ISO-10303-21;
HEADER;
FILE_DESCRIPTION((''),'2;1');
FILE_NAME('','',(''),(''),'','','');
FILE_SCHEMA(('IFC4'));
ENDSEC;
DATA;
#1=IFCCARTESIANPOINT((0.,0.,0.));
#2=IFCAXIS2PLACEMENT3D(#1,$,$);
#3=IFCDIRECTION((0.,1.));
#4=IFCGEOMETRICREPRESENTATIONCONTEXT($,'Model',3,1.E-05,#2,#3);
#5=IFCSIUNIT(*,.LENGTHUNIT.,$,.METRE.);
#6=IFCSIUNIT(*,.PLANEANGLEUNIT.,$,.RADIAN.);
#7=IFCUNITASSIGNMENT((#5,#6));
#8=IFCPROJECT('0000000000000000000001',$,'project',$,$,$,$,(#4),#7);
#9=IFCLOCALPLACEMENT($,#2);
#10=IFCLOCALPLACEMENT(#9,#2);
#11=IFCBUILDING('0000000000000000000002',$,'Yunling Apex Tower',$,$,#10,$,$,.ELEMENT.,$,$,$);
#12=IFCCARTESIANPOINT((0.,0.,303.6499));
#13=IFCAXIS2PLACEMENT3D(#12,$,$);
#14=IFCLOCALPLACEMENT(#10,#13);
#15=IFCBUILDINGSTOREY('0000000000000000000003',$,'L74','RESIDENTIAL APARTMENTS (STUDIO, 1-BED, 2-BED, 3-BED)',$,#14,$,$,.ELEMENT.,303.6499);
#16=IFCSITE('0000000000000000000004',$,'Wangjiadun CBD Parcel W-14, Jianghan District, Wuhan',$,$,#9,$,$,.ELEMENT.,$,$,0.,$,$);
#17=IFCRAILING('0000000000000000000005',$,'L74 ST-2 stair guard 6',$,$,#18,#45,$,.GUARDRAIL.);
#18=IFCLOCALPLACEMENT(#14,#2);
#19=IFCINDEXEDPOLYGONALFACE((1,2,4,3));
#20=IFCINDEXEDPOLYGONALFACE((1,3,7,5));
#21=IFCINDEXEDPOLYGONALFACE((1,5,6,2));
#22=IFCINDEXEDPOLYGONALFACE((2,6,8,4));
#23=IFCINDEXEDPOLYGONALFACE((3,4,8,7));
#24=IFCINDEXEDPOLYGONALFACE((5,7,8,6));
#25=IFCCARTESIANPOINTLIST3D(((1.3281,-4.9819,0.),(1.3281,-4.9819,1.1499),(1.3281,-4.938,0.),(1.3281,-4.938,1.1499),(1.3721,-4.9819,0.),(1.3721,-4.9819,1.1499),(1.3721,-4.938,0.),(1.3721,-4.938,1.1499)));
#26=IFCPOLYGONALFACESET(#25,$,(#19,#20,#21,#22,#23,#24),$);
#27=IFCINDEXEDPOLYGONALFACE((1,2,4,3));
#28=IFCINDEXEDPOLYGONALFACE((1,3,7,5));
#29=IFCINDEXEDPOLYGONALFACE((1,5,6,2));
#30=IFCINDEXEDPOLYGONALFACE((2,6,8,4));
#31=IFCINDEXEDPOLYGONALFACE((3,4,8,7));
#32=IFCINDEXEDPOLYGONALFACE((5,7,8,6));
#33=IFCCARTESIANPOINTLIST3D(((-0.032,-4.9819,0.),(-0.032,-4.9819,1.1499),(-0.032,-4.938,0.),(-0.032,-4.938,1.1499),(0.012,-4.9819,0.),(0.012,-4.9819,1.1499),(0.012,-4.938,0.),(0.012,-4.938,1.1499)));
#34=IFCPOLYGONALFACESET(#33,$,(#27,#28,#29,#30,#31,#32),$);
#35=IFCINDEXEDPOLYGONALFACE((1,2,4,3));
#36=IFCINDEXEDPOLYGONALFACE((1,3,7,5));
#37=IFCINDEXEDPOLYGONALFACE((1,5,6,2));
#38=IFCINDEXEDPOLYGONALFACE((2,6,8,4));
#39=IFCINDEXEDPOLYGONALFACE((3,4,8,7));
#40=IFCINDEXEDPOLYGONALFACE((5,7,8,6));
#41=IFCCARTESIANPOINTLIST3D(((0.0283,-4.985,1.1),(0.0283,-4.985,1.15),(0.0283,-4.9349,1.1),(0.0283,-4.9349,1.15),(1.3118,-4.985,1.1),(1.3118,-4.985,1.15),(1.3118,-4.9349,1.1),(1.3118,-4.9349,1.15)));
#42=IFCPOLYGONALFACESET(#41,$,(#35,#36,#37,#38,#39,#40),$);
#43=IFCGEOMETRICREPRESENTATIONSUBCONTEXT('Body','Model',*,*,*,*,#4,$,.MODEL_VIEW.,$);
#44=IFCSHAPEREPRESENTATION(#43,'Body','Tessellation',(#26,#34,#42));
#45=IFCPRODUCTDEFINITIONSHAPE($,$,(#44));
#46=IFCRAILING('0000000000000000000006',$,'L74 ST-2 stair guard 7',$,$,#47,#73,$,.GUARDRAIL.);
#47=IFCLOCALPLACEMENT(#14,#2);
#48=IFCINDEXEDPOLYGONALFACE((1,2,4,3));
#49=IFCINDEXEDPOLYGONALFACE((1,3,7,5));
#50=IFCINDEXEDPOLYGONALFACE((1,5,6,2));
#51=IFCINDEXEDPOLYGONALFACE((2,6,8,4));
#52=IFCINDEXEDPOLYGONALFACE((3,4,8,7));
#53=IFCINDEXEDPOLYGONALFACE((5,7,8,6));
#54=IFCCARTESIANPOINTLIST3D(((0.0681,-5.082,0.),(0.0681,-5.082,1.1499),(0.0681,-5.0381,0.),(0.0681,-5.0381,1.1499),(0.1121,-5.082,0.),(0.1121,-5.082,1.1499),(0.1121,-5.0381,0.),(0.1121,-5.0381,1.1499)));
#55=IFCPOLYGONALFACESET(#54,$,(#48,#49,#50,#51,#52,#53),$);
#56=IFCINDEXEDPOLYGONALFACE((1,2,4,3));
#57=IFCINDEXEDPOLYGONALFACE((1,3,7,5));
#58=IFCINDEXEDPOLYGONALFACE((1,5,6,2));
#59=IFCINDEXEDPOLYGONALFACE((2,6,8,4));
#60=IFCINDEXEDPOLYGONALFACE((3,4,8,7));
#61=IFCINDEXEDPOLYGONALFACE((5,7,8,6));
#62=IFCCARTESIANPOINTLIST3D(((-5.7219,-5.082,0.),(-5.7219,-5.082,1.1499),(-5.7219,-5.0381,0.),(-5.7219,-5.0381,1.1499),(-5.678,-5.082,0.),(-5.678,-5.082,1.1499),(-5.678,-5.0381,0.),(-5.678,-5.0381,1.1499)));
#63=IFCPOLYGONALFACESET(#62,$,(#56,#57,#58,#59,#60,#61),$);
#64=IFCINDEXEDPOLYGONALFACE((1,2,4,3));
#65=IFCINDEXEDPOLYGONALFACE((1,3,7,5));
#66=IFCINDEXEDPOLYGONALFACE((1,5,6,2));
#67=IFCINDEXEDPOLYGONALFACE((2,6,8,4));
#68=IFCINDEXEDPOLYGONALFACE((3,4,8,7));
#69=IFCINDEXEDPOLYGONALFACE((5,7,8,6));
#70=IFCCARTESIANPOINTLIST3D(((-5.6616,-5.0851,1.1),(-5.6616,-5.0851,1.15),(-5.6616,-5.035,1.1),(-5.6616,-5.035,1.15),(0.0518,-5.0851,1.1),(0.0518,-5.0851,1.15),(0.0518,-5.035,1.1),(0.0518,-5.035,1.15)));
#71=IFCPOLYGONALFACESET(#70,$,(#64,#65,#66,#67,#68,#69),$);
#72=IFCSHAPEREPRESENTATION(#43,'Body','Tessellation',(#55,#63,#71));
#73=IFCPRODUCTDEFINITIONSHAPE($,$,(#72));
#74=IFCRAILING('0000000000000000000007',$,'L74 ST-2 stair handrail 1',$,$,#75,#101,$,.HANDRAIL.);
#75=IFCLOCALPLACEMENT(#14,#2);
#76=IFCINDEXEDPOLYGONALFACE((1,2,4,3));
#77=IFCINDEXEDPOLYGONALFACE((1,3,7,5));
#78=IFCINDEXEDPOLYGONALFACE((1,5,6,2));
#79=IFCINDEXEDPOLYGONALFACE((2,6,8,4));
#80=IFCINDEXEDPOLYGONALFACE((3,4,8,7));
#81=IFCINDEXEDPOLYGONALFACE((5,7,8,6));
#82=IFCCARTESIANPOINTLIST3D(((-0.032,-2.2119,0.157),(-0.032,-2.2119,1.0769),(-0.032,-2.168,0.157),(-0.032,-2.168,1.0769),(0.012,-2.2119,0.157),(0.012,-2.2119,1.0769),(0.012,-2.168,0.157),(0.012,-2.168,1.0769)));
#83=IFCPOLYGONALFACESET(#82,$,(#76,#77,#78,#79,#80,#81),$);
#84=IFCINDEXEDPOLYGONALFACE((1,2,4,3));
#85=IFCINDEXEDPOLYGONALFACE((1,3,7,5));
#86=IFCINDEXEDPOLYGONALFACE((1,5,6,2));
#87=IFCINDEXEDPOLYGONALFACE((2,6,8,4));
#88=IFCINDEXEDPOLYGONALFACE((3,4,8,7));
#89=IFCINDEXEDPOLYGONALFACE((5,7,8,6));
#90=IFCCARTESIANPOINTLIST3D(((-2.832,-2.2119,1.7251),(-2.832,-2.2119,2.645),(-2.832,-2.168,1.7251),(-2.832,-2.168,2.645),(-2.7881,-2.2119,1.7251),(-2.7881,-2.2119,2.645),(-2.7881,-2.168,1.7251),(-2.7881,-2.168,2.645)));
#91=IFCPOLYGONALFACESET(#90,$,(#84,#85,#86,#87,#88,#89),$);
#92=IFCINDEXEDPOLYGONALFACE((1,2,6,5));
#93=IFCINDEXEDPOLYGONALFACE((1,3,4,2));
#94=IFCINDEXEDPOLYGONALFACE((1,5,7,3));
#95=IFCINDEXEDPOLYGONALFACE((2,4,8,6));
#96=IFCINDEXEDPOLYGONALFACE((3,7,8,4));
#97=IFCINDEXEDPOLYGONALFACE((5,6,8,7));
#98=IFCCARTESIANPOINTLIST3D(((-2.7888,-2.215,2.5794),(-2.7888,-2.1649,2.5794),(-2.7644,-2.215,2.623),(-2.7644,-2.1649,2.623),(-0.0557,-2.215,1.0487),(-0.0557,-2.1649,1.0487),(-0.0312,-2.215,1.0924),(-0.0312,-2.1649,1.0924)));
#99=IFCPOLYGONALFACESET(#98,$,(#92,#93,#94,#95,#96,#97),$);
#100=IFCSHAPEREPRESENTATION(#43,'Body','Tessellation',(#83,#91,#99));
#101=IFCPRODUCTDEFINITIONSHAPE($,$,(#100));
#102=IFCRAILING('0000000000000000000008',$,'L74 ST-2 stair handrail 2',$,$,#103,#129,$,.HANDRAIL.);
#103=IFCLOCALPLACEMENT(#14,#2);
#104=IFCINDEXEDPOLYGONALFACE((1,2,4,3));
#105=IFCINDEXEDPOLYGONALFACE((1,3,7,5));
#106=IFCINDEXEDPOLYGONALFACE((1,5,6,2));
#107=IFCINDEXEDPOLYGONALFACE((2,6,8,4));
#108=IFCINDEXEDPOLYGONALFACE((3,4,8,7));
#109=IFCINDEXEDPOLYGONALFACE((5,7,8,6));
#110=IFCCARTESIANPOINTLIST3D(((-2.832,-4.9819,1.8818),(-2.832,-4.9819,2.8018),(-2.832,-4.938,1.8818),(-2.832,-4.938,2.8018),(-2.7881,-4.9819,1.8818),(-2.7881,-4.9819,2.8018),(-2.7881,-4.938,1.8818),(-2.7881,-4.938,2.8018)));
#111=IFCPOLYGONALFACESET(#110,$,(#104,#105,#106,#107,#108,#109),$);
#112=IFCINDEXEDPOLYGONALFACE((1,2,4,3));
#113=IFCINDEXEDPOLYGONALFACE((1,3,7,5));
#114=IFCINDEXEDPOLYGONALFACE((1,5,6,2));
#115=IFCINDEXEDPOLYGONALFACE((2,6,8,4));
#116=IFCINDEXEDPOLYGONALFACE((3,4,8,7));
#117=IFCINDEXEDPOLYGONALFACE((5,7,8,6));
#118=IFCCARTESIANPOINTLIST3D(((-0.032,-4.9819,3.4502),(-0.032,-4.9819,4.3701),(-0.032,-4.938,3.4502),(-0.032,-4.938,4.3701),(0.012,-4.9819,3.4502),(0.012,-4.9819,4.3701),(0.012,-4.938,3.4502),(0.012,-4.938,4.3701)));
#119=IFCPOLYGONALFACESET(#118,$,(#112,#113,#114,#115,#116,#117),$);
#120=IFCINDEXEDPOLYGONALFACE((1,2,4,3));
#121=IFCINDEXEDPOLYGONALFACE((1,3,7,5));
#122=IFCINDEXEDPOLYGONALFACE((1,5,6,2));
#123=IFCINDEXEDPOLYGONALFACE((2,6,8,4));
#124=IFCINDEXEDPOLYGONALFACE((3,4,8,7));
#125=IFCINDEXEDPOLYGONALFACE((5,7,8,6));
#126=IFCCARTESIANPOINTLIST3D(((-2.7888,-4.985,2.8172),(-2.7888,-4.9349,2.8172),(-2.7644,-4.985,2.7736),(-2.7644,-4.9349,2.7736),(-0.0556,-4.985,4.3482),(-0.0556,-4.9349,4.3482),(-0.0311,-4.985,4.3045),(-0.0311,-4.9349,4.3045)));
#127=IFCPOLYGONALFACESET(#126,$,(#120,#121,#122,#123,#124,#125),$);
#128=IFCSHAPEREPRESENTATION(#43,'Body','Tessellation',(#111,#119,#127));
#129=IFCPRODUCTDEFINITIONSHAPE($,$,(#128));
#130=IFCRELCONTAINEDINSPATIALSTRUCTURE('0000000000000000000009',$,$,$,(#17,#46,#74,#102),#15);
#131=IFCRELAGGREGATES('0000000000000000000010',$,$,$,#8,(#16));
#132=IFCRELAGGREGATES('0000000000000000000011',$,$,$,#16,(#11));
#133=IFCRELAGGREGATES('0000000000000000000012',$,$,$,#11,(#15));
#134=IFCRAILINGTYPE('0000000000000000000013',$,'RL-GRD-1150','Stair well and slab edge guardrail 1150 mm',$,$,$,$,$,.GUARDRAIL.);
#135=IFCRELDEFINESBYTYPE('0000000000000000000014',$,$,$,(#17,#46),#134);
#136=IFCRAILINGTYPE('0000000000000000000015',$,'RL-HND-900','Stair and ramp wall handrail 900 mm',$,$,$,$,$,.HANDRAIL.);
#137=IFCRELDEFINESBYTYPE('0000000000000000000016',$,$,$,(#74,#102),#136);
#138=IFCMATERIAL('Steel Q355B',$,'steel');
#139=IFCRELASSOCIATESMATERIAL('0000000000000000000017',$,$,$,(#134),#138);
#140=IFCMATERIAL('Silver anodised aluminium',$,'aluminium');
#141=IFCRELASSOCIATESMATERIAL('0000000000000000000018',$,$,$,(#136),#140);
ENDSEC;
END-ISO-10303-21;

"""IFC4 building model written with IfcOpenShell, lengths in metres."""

from ifc_helpers import new_model, si_unit, direction, frame, origin, origin_2d, place, context, subcontext, project, spatial, rectangle, extrude, material, type_object, element, save


model = new_model("IFC4")

# Units and contexts
model_context = context("Model", 3, precision=1e-05, world=origin(), true_north=direction((0.0, 1.0)))
body_context = subcontext(model_context, "Body", "Model", "MODEL_VIEW")
ifc_project = project(units=[si_unit("LENGTHUNIT", "METRE"), si_unit("PLANEANGLEUNIT", "RADIAN")], contexts=[model_context])

# Site, building, storey
site_placement = place(None, origin())
site = spatial("IfcSite", under=ifc_project, at=site_placement, Name="Wangjiadun CBD Parcel W-14, Jianghan District, Wuhan", CompositionType="ELEMENT", RefElevation=0.0)
building_placement = place(site_placement, origin())
building = spatial("IfcBuilding", under=site, at=building_placement, Name="Yunling Apex Tower", CompositionType="ELEMENT")
storey_placement = place(building_placement, frame((0.0, 0.0, 303.6499)))
storey = spatial("IfcBuildingStorey", under=building, at=storey_placement, Name="L74", Description="RESIDENTIAL APARTMENTS (STUDIO, 1-BED, 2-BED, 3-BED)", CompositionType="ELEMENT", Elevation=303.6499)

# Shared definitions
ifc_material_1 = material(Name="Steel Q355B", Category="steel")

# Railings
railing_type_1 = type_object("IfcRailingType", Name="RL-GRD-1150", Description="Stair well and slab edge guardrail 1150 mm", PredefinedType="GUARDRAIL", material=ifc_material_1)
railing_1_placement = place(storey_placement, frame((1.3501, -4.96, 0.0)))
element("IfcRailing", 1, at=railing_1_placement, inside=storey, type_object=railing_type_1, Name="L74 ST-2 stair guard 6", PredefinedType="GUARDRAIL", context=body_context, shape_type="SweptSolid", body=[
    extrude(rectangle(XDim=0.0439, YDim=0.0439, at=origin_2d()), origin(), (0.0, 0.0, 1.0), 1.1499),
    extrude(rectangle(XDim=0.0439, YDim=0.0439, at=origin_2d()), frame((-1.3601, 0.0, 0.0)), (0.0, 0.0, 1.0), 1.1499),
    extrude(rectangle(XDim=0.05, YDim=0.05, at=origin_2d()), frame((-0.0383, 0.0, 1.125), z_axis=(-1.0, 0.0, 0.0), x_axis=(0.0, -1.0, 0.0)), (0.0, 0.0, 1.0), 1.2834),
])
railing_2_placement = place(storey_placement, frame((0.0901, -5.0601, 0.0)))
element("IfcRailing", 2, at=railing_2_placement, inside=storey, type_object=railing_type_1, Name="L74 ST-2 stair guard 7", PredefinedType="GUARDRAIL", context=body_context, shape_type="SweptSolid", body=[
    extrude(rectangle(XDim=0.0439, YDim=0.0439, at=origin_2d()), origin(), (0.0, 0.0, 1.0), 1.1499),
    extrude(rectangle(XDim=0.0439, YDim=0.0439, at=origin_2d()), frame((-5.79, 0.0, 0.0)), (0.0, 0.0, 1.0), 1.1499),
    extrude(rectangle(XDim=0.05, YDim=0.05, at=origin_2d()), frame((-0.0383, 0.0, 1.125), z_axis=(-1.0, 0.0, 0.0), x_axis=(0.0, -1.0, 0.0)), (0.0, 0.0, 1.0), 5.7134),
])
ifc_material_2 = material(Name="Silver anodised aluminium", Category="aluminium")
railing_type_2 = type_object("IfcRailingType", Name="RL-HND-900", Description="Stair and ramp wall handrail 900 mm", PredefinedType="HANDRAIL", material=ifc_material_2)
railing_3_placement = place(storey_placement, frame((-0.01, -2.1899, 0.157)))
element("IfcRailing", 3, at=railing_3_placement, inside=storey, type_object=railing_type_2, Name="L74 ST-2 stair handrail 1", PredefinedType="HANDRAIL", context=body_context, shape_type="SweptSolid", body=[
    extrude(rectangle(XDim=0.0439, YDim=0.0439, at=origin_2d()), origin(), (0.0, 0.0, 1.0), 0.9199),
    extrude(rectangle(XDim=0.0439, YDim=0.0439, at=origin_2d()), frame((-2.8, 0.0, 1.5681)), (0.0, 0.0, 1.0), 0.9199),
    extrude(rectangle(XDim=0.05, YDim=0.05, at=origin_2d()), frame((-0.0334, 0.0, 0.9136), z_axis=(-0.872494, 0.0, 0.488624), x_axis=(0.0, -1.0, 0.0)), (0.0, 0.0, 1.0), 3.1326),
])
railing_4_placement = place(storey_placement, frame((-2.8101, -4.96, 1.8818)))
element("IfcRailing", 4, at=railing_4_placement, inside=storey, type_object=railing_type_2, Name="L74 ST-2 stair handrail 2", PredefinedType="HANDRAIL", context=body_context, shape_type="SweptSolid", body=[
    extrude(rectangle(XDim=0.0439, YDim=0.0439, at=origin_2d()), origin(), (0.0, 0.0, 1.0), 0.9199),
    extrude(rectangle(XDim=0.0439, YDim=0.0439, at=origin_2d()), frame((2.8, 0.0, 1.5684)), (0.0, 0.0, 1.0), 0.9199),
    extrude(rectangle(XDim=0.05, YDim=0.05, at=origin_2d()), frame((0.0334, 0.0, 0.9136), z_axis=(0.872462, 0.0, 0.488682), x_axis=(0.0, 1.0, 0.0)), (0.0, 0.0, 1.0), 3.1328),
])

save(model, "model.ifc")
